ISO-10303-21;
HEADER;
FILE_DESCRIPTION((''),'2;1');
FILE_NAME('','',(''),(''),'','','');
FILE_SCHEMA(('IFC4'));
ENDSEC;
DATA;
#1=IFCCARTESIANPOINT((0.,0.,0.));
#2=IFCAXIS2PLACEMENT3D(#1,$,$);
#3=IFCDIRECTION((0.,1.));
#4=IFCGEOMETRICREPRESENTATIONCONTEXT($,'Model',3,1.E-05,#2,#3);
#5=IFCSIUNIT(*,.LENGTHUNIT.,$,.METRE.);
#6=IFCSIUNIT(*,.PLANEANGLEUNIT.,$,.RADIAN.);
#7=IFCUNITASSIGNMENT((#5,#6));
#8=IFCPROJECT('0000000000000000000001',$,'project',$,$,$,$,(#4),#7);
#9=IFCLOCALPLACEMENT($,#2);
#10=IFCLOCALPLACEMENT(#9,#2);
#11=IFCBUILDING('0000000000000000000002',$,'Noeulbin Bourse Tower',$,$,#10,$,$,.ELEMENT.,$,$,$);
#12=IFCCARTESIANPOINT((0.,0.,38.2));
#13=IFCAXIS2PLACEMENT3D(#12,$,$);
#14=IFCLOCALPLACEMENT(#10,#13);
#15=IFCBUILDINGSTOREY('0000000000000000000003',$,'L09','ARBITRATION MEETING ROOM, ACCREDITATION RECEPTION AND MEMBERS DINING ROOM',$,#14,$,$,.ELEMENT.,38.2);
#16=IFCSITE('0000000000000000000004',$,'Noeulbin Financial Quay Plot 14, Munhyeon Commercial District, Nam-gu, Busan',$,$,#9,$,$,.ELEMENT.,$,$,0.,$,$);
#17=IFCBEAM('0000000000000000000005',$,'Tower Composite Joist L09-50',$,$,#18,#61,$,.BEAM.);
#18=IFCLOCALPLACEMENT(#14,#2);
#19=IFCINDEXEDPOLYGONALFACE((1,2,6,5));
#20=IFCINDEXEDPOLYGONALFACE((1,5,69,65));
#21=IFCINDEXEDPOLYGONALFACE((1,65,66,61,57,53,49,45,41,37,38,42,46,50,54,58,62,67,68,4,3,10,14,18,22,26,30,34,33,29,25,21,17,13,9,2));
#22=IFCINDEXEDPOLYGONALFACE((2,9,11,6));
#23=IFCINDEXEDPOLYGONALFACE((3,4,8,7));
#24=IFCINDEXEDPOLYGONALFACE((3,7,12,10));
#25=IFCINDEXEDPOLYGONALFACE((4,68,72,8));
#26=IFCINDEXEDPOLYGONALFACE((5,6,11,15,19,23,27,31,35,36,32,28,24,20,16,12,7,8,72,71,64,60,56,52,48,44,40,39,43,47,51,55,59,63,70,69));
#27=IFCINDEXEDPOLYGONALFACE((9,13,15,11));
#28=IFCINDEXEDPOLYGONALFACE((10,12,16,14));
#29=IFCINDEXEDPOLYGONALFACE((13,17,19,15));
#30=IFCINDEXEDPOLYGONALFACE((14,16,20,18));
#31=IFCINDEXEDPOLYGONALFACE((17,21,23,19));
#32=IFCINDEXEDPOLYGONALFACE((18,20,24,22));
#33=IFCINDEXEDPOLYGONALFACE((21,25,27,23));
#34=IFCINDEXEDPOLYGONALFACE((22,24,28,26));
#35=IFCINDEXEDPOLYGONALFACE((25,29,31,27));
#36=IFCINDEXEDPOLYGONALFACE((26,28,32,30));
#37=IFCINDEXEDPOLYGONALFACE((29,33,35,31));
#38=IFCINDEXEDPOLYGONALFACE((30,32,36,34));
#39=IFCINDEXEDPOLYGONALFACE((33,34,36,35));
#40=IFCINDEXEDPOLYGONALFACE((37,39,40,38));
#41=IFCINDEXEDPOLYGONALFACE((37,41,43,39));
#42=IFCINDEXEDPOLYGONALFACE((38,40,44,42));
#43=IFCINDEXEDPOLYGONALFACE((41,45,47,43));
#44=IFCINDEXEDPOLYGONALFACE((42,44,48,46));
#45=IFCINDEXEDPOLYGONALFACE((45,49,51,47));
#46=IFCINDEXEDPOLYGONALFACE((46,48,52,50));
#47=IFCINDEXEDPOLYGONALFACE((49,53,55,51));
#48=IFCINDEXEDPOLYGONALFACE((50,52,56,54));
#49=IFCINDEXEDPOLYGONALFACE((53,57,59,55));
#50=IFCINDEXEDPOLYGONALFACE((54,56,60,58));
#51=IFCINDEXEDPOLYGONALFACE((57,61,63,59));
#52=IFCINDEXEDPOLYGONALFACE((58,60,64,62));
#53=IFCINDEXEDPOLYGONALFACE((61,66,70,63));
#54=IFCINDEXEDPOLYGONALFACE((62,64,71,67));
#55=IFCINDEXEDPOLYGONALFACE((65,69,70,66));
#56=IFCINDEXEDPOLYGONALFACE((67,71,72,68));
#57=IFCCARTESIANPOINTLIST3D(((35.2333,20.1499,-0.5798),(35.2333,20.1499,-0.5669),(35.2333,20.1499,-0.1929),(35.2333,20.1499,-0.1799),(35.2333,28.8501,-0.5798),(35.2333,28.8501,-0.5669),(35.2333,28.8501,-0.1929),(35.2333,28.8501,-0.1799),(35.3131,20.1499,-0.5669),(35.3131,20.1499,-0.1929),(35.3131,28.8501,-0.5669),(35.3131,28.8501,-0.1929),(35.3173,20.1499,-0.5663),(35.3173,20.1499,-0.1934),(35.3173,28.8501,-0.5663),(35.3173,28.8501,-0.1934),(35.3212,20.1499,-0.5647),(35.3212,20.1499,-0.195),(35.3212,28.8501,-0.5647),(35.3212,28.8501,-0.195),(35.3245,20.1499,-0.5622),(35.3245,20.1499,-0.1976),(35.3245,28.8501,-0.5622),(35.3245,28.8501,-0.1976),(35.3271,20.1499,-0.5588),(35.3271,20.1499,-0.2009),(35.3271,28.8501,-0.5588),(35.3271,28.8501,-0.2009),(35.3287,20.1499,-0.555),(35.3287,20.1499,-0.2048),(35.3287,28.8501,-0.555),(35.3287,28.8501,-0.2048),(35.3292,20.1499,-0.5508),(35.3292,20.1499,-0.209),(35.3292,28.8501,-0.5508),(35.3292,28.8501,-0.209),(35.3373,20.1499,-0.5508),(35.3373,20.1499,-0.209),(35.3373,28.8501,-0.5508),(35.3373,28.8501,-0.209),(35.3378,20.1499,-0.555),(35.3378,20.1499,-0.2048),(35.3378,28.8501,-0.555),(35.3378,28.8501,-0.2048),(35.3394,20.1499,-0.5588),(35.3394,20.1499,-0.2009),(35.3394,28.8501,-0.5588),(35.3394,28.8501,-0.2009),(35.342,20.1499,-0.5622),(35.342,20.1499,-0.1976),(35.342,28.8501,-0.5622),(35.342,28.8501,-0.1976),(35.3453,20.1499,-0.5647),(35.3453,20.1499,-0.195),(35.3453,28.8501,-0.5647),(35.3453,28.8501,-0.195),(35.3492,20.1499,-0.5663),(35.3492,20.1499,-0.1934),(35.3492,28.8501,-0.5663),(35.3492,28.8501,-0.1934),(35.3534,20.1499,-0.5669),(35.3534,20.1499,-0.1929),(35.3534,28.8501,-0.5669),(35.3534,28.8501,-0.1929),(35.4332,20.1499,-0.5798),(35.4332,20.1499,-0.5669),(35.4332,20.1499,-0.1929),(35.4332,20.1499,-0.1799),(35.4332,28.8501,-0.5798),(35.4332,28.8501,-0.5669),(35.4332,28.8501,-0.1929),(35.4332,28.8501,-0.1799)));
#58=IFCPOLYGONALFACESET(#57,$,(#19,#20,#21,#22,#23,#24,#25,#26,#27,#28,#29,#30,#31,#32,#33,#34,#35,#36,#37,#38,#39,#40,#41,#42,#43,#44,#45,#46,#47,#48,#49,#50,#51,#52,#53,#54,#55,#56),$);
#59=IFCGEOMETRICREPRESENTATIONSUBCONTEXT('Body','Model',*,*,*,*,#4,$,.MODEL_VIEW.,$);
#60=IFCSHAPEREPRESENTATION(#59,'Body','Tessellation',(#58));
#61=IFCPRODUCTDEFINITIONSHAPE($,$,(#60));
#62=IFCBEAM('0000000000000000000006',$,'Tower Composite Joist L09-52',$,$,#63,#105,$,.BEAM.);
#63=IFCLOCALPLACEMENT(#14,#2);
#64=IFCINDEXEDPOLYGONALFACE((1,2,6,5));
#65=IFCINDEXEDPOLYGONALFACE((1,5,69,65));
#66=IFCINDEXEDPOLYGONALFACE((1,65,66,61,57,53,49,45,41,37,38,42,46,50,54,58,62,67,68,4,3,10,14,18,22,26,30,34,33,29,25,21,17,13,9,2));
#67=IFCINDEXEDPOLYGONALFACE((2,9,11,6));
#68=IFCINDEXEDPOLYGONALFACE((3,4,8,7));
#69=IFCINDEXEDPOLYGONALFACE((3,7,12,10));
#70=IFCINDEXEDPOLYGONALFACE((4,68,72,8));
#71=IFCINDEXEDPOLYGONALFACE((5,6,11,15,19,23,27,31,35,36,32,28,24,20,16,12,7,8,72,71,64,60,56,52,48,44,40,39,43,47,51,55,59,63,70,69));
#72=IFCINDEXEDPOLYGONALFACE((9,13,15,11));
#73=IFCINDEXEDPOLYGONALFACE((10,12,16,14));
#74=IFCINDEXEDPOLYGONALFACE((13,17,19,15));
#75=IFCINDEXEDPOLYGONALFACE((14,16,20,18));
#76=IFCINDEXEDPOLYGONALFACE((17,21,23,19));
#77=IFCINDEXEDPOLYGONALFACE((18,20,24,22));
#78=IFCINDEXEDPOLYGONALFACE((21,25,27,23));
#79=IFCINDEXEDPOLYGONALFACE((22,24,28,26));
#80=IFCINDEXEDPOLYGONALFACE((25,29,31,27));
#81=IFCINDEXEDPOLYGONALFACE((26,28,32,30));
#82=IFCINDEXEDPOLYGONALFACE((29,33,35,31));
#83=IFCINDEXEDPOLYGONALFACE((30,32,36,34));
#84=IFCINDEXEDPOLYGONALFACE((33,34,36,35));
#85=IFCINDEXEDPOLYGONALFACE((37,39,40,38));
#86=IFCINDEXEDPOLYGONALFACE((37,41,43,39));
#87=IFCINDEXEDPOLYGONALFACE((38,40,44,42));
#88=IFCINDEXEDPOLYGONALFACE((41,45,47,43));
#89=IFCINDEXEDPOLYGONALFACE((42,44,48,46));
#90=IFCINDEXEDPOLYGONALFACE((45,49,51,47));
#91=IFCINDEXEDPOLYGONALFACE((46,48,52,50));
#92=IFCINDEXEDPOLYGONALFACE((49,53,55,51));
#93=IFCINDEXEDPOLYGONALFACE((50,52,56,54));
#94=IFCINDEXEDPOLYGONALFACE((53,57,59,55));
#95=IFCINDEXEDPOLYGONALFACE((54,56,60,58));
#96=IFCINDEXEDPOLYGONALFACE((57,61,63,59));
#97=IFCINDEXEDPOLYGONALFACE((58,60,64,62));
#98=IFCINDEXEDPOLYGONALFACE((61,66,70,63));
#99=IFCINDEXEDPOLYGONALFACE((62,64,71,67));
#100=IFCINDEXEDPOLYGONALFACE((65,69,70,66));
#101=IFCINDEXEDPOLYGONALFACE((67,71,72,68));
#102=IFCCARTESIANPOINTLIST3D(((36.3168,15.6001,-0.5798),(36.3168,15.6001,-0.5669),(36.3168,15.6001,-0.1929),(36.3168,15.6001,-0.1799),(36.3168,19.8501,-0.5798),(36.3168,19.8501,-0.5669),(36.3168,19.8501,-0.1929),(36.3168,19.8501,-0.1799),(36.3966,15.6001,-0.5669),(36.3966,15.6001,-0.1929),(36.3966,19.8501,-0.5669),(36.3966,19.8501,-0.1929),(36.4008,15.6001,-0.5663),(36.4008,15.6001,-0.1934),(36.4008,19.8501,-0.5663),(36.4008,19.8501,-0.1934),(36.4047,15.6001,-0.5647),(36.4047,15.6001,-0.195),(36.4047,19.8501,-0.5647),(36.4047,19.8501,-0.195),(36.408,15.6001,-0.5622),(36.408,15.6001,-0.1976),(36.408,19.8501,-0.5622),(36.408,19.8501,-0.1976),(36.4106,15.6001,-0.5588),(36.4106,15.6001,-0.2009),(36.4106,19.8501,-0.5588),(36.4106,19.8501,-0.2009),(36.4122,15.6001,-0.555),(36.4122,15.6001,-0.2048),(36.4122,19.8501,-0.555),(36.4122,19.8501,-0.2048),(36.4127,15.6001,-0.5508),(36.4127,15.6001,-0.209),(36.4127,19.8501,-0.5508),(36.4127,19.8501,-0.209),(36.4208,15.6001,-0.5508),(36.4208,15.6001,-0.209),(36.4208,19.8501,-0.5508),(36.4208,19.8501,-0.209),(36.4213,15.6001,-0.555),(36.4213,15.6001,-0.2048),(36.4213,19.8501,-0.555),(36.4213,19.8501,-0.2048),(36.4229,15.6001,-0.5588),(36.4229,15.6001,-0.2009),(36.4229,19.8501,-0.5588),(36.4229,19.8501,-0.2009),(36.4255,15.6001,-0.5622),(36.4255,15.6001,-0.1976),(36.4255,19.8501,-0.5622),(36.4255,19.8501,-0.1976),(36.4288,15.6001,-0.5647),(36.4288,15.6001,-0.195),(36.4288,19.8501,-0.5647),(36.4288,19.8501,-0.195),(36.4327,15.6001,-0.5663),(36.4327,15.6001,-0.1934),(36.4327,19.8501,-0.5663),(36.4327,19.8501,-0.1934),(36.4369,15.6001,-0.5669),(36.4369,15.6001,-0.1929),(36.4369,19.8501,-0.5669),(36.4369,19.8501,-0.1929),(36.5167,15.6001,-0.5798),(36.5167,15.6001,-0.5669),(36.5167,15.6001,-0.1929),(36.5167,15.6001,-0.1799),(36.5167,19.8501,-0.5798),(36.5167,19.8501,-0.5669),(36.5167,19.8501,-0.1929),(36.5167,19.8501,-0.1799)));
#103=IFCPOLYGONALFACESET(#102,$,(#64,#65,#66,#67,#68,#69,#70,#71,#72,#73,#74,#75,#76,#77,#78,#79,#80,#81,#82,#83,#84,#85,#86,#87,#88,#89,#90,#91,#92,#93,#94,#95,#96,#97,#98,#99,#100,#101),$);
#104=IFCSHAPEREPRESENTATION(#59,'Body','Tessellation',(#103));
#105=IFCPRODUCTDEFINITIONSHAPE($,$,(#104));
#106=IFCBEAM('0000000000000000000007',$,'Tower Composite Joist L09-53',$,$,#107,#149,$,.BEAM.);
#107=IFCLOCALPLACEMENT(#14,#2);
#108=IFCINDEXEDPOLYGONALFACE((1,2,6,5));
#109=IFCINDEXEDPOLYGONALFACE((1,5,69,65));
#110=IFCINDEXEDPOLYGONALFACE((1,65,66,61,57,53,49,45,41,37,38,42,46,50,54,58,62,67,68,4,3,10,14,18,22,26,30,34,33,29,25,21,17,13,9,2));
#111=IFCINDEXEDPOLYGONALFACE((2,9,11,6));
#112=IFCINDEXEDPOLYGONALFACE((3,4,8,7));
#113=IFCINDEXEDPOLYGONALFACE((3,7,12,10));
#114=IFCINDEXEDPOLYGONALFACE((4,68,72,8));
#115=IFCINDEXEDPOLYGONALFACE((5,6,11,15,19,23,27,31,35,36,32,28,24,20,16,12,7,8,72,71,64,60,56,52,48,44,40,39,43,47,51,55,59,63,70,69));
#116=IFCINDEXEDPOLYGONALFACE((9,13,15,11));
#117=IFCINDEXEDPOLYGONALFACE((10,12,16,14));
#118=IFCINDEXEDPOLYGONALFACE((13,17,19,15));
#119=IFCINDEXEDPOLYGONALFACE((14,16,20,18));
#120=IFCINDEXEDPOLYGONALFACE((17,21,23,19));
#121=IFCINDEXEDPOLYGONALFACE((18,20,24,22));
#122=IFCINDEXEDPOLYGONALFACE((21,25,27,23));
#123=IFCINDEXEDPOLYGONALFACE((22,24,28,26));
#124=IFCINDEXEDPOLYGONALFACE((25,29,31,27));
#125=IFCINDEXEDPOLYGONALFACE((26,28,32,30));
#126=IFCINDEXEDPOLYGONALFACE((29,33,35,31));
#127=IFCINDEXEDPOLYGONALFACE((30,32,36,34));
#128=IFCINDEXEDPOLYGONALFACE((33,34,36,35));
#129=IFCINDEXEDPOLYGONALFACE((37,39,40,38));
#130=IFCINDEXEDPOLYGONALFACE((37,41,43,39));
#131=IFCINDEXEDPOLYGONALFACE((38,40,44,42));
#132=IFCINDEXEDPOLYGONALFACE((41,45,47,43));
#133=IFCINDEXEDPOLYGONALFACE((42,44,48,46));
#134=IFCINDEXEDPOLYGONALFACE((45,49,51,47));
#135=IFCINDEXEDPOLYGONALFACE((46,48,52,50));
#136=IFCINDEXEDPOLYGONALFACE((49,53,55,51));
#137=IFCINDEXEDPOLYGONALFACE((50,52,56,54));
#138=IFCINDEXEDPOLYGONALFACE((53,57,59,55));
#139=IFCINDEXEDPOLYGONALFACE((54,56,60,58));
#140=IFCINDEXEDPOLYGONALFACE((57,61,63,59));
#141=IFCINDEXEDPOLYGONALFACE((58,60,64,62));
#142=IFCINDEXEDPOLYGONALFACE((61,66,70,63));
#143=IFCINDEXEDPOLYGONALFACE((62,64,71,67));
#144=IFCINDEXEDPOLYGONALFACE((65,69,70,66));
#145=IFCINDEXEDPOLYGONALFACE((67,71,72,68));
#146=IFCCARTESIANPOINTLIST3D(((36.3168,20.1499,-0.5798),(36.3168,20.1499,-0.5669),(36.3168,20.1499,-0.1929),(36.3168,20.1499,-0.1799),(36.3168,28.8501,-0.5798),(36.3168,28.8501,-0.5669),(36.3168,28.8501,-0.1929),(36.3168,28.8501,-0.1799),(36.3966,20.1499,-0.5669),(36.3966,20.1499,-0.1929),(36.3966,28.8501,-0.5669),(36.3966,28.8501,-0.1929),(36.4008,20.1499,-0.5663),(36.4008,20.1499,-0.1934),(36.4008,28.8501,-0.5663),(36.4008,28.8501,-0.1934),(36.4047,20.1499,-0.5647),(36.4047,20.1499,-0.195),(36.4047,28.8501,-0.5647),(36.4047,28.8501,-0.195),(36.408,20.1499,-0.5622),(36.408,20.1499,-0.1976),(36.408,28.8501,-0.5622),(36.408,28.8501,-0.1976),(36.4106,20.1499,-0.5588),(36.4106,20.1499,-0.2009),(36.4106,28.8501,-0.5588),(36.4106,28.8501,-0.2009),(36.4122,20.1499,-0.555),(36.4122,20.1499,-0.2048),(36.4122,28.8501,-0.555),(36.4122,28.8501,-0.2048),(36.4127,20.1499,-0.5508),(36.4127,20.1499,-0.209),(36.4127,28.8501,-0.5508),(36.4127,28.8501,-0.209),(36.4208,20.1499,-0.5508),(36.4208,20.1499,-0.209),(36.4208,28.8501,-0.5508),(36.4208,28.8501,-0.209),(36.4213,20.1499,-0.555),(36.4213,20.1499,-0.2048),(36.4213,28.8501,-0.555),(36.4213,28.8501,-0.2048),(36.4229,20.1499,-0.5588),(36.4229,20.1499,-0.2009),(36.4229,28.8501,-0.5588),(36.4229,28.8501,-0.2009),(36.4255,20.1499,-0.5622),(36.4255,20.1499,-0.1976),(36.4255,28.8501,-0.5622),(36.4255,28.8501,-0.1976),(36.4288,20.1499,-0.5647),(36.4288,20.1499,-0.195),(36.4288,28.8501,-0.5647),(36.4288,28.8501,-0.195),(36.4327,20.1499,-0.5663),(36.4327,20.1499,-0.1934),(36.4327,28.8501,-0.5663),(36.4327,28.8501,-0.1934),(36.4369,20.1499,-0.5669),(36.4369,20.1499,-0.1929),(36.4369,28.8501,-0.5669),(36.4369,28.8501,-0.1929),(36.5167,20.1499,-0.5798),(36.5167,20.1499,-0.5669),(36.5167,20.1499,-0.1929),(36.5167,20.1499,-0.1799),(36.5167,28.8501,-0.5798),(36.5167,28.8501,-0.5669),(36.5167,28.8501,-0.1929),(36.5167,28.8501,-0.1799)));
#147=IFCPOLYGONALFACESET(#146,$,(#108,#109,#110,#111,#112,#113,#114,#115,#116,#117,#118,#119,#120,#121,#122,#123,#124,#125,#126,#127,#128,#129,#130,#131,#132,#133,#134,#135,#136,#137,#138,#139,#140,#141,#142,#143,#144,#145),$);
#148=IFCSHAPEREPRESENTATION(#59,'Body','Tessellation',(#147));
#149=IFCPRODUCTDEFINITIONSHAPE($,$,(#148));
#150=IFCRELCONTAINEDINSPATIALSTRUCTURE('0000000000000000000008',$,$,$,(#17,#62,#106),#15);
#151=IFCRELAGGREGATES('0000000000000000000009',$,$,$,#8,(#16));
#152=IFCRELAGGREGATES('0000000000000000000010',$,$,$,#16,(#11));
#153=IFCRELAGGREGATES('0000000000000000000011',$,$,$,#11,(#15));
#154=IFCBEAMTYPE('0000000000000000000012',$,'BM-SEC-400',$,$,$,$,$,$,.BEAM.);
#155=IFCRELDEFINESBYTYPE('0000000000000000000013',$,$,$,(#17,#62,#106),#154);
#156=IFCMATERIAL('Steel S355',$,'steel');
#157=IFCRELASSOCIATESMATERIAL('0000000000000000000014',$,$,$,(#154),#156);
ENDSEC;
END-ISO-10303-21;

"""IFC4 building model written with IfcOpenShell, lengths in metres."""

from ifc_helpers import new_model, si_unit, direction, frame, origin, origin_2d, place, context, subcontext, project, spatial, i_section, extrude, material, material_profile, profile_set, type_object, element, save


model = new_model("IFC4")

# Units and contexts
model_context = context("Model", 3, precision=1e-05, world=origin(), true_north=direction((0.0, 1.0)))
body_context = subcontext(model_context, "Body", "Model", "MODEL_VIEW")
ifc_project = project(units=[si_unit("LENGTHUNIT", "METRE"), si_unit("PLANEANGLEUNIT", "RADIAN")], contexts=[model_context])

# Site, building, storey
site_placement = place(None, origin())
site = spatial("IfcSite", under=ifc_project, at=site_placement, Name="Noeulbin Financial Quay Plot 14, Munhyeon Commercial District, Nam-gu, Busan", CompositionType="ELEMENT", RefElevation=0.0)
building_placement = place(site_placement, origin())
building = spatial("IfcBuilding", under=site, at=building_placement, Name="Noeulbin Bourse Tower", CompositionType="ELEMENT")
storey_placement = place(building_placement, frame((0.0, 0.0, 38.2)))
storey = spatial("IfcBuildingStorey", under=building, at=storey_placement, Name="L09", Description="ARBITRATION MEETING ROOM, ACCREDITATION RECEPTION AND MEMBERS DINING ROOM", CompositionType="ELEMENT", Elevation=38.2)

# Beams
ifc_material_1 = material(Name="Steel S355", Category="steel")
ifc_material_profile_1 = material_profile(ifc_material_1, i_section(OverallWidth=0.2, OverallDepth=0.3999, WebThickness=0.0081, FlangeThickness=0.0129, FilletRadius=0.0161, at=origin_2d()), Name="H-400x200x8x13", Category="LoadBearing")
ifc_profile_set_1 = profile_set([ifc_material_profile_1], Name="Steel S355")
beam_type_1 = type_object("IfcBeamType", Name="BM-SEC-400", PredefinedType="BEAM", material=ifc_profile_set_1)
beam_1_placement = place(storey_placement, frame((35.3333, 20.1499, -0.3799), z_axis=(0.0, 1.0, 0.0), x_axis=(-1.0, 0.0, 0.0)))
element("IfcBeam", 1, at=beam_1_placement, inside=storey, type_object=beam_type_1, Name="Tower Composite Joist L09-50", PredefinedType="BEAM", context=body_context, shape_type="SweptSolid", body=[
    extrude(i_section(OverallWidth=0.2, OverallDepth=0.3999, WebThickness=0.0081, FlangeThickness=0.0129, FilletRadius=0.0161, at=origin_2d()), origin(), (0.0, 0.0, 1.0), 8.7002),
])
beam_2_placement = place(storey_placement, frame((36.4167, 15.6001, -0.3799), z_axis=(0.0, 1.0, 0.0), x_axis=(-1.0, 0.0, 0.0)))
element("IfcBeam", 2, at=beam_2_placement, inside=storey, type_object=beam_type_1, Name="Tower Composite Joist L09-52", PredefinedType="BEAM", context=body_context, shape_type="SweptSolid", body=[
    extrude(i_section(OverallWidth=0.2, OverallDepth=0.3999, WebThickness=0.0081, FlangeThickness=0.0129, FilletRadius=0.0161, at=origin_2d()), origin(), (0.0, 0.0, 1.0), 4.25),
])
beam_3_placement = place(storey_placement, frame((36.4167, 20.1499, -0.3799), z_axis=(0.0, 1.0, 0.0), x_axis=(-1.0, 0.0, 0.0)))
element("IfcBeam", 3, at=beam_3_placement, inside=storey, type_object=beam_type_1, Name="Tower Composite Joist L09-53", PredefinedType="BEAM", context=body_context, shape_type="SweptSolid", body=[
    extrude(i_section(OverallWidth=0.2, OverallDepth=0.3999, WebThickness=0.0081, FlangeThickness=0.0129, FilletRadius=0.0161, at=origin_2d()), origin(), (0.0, 0.0, 1.0), 8.7002),
])

save(model, "model.ifc")
